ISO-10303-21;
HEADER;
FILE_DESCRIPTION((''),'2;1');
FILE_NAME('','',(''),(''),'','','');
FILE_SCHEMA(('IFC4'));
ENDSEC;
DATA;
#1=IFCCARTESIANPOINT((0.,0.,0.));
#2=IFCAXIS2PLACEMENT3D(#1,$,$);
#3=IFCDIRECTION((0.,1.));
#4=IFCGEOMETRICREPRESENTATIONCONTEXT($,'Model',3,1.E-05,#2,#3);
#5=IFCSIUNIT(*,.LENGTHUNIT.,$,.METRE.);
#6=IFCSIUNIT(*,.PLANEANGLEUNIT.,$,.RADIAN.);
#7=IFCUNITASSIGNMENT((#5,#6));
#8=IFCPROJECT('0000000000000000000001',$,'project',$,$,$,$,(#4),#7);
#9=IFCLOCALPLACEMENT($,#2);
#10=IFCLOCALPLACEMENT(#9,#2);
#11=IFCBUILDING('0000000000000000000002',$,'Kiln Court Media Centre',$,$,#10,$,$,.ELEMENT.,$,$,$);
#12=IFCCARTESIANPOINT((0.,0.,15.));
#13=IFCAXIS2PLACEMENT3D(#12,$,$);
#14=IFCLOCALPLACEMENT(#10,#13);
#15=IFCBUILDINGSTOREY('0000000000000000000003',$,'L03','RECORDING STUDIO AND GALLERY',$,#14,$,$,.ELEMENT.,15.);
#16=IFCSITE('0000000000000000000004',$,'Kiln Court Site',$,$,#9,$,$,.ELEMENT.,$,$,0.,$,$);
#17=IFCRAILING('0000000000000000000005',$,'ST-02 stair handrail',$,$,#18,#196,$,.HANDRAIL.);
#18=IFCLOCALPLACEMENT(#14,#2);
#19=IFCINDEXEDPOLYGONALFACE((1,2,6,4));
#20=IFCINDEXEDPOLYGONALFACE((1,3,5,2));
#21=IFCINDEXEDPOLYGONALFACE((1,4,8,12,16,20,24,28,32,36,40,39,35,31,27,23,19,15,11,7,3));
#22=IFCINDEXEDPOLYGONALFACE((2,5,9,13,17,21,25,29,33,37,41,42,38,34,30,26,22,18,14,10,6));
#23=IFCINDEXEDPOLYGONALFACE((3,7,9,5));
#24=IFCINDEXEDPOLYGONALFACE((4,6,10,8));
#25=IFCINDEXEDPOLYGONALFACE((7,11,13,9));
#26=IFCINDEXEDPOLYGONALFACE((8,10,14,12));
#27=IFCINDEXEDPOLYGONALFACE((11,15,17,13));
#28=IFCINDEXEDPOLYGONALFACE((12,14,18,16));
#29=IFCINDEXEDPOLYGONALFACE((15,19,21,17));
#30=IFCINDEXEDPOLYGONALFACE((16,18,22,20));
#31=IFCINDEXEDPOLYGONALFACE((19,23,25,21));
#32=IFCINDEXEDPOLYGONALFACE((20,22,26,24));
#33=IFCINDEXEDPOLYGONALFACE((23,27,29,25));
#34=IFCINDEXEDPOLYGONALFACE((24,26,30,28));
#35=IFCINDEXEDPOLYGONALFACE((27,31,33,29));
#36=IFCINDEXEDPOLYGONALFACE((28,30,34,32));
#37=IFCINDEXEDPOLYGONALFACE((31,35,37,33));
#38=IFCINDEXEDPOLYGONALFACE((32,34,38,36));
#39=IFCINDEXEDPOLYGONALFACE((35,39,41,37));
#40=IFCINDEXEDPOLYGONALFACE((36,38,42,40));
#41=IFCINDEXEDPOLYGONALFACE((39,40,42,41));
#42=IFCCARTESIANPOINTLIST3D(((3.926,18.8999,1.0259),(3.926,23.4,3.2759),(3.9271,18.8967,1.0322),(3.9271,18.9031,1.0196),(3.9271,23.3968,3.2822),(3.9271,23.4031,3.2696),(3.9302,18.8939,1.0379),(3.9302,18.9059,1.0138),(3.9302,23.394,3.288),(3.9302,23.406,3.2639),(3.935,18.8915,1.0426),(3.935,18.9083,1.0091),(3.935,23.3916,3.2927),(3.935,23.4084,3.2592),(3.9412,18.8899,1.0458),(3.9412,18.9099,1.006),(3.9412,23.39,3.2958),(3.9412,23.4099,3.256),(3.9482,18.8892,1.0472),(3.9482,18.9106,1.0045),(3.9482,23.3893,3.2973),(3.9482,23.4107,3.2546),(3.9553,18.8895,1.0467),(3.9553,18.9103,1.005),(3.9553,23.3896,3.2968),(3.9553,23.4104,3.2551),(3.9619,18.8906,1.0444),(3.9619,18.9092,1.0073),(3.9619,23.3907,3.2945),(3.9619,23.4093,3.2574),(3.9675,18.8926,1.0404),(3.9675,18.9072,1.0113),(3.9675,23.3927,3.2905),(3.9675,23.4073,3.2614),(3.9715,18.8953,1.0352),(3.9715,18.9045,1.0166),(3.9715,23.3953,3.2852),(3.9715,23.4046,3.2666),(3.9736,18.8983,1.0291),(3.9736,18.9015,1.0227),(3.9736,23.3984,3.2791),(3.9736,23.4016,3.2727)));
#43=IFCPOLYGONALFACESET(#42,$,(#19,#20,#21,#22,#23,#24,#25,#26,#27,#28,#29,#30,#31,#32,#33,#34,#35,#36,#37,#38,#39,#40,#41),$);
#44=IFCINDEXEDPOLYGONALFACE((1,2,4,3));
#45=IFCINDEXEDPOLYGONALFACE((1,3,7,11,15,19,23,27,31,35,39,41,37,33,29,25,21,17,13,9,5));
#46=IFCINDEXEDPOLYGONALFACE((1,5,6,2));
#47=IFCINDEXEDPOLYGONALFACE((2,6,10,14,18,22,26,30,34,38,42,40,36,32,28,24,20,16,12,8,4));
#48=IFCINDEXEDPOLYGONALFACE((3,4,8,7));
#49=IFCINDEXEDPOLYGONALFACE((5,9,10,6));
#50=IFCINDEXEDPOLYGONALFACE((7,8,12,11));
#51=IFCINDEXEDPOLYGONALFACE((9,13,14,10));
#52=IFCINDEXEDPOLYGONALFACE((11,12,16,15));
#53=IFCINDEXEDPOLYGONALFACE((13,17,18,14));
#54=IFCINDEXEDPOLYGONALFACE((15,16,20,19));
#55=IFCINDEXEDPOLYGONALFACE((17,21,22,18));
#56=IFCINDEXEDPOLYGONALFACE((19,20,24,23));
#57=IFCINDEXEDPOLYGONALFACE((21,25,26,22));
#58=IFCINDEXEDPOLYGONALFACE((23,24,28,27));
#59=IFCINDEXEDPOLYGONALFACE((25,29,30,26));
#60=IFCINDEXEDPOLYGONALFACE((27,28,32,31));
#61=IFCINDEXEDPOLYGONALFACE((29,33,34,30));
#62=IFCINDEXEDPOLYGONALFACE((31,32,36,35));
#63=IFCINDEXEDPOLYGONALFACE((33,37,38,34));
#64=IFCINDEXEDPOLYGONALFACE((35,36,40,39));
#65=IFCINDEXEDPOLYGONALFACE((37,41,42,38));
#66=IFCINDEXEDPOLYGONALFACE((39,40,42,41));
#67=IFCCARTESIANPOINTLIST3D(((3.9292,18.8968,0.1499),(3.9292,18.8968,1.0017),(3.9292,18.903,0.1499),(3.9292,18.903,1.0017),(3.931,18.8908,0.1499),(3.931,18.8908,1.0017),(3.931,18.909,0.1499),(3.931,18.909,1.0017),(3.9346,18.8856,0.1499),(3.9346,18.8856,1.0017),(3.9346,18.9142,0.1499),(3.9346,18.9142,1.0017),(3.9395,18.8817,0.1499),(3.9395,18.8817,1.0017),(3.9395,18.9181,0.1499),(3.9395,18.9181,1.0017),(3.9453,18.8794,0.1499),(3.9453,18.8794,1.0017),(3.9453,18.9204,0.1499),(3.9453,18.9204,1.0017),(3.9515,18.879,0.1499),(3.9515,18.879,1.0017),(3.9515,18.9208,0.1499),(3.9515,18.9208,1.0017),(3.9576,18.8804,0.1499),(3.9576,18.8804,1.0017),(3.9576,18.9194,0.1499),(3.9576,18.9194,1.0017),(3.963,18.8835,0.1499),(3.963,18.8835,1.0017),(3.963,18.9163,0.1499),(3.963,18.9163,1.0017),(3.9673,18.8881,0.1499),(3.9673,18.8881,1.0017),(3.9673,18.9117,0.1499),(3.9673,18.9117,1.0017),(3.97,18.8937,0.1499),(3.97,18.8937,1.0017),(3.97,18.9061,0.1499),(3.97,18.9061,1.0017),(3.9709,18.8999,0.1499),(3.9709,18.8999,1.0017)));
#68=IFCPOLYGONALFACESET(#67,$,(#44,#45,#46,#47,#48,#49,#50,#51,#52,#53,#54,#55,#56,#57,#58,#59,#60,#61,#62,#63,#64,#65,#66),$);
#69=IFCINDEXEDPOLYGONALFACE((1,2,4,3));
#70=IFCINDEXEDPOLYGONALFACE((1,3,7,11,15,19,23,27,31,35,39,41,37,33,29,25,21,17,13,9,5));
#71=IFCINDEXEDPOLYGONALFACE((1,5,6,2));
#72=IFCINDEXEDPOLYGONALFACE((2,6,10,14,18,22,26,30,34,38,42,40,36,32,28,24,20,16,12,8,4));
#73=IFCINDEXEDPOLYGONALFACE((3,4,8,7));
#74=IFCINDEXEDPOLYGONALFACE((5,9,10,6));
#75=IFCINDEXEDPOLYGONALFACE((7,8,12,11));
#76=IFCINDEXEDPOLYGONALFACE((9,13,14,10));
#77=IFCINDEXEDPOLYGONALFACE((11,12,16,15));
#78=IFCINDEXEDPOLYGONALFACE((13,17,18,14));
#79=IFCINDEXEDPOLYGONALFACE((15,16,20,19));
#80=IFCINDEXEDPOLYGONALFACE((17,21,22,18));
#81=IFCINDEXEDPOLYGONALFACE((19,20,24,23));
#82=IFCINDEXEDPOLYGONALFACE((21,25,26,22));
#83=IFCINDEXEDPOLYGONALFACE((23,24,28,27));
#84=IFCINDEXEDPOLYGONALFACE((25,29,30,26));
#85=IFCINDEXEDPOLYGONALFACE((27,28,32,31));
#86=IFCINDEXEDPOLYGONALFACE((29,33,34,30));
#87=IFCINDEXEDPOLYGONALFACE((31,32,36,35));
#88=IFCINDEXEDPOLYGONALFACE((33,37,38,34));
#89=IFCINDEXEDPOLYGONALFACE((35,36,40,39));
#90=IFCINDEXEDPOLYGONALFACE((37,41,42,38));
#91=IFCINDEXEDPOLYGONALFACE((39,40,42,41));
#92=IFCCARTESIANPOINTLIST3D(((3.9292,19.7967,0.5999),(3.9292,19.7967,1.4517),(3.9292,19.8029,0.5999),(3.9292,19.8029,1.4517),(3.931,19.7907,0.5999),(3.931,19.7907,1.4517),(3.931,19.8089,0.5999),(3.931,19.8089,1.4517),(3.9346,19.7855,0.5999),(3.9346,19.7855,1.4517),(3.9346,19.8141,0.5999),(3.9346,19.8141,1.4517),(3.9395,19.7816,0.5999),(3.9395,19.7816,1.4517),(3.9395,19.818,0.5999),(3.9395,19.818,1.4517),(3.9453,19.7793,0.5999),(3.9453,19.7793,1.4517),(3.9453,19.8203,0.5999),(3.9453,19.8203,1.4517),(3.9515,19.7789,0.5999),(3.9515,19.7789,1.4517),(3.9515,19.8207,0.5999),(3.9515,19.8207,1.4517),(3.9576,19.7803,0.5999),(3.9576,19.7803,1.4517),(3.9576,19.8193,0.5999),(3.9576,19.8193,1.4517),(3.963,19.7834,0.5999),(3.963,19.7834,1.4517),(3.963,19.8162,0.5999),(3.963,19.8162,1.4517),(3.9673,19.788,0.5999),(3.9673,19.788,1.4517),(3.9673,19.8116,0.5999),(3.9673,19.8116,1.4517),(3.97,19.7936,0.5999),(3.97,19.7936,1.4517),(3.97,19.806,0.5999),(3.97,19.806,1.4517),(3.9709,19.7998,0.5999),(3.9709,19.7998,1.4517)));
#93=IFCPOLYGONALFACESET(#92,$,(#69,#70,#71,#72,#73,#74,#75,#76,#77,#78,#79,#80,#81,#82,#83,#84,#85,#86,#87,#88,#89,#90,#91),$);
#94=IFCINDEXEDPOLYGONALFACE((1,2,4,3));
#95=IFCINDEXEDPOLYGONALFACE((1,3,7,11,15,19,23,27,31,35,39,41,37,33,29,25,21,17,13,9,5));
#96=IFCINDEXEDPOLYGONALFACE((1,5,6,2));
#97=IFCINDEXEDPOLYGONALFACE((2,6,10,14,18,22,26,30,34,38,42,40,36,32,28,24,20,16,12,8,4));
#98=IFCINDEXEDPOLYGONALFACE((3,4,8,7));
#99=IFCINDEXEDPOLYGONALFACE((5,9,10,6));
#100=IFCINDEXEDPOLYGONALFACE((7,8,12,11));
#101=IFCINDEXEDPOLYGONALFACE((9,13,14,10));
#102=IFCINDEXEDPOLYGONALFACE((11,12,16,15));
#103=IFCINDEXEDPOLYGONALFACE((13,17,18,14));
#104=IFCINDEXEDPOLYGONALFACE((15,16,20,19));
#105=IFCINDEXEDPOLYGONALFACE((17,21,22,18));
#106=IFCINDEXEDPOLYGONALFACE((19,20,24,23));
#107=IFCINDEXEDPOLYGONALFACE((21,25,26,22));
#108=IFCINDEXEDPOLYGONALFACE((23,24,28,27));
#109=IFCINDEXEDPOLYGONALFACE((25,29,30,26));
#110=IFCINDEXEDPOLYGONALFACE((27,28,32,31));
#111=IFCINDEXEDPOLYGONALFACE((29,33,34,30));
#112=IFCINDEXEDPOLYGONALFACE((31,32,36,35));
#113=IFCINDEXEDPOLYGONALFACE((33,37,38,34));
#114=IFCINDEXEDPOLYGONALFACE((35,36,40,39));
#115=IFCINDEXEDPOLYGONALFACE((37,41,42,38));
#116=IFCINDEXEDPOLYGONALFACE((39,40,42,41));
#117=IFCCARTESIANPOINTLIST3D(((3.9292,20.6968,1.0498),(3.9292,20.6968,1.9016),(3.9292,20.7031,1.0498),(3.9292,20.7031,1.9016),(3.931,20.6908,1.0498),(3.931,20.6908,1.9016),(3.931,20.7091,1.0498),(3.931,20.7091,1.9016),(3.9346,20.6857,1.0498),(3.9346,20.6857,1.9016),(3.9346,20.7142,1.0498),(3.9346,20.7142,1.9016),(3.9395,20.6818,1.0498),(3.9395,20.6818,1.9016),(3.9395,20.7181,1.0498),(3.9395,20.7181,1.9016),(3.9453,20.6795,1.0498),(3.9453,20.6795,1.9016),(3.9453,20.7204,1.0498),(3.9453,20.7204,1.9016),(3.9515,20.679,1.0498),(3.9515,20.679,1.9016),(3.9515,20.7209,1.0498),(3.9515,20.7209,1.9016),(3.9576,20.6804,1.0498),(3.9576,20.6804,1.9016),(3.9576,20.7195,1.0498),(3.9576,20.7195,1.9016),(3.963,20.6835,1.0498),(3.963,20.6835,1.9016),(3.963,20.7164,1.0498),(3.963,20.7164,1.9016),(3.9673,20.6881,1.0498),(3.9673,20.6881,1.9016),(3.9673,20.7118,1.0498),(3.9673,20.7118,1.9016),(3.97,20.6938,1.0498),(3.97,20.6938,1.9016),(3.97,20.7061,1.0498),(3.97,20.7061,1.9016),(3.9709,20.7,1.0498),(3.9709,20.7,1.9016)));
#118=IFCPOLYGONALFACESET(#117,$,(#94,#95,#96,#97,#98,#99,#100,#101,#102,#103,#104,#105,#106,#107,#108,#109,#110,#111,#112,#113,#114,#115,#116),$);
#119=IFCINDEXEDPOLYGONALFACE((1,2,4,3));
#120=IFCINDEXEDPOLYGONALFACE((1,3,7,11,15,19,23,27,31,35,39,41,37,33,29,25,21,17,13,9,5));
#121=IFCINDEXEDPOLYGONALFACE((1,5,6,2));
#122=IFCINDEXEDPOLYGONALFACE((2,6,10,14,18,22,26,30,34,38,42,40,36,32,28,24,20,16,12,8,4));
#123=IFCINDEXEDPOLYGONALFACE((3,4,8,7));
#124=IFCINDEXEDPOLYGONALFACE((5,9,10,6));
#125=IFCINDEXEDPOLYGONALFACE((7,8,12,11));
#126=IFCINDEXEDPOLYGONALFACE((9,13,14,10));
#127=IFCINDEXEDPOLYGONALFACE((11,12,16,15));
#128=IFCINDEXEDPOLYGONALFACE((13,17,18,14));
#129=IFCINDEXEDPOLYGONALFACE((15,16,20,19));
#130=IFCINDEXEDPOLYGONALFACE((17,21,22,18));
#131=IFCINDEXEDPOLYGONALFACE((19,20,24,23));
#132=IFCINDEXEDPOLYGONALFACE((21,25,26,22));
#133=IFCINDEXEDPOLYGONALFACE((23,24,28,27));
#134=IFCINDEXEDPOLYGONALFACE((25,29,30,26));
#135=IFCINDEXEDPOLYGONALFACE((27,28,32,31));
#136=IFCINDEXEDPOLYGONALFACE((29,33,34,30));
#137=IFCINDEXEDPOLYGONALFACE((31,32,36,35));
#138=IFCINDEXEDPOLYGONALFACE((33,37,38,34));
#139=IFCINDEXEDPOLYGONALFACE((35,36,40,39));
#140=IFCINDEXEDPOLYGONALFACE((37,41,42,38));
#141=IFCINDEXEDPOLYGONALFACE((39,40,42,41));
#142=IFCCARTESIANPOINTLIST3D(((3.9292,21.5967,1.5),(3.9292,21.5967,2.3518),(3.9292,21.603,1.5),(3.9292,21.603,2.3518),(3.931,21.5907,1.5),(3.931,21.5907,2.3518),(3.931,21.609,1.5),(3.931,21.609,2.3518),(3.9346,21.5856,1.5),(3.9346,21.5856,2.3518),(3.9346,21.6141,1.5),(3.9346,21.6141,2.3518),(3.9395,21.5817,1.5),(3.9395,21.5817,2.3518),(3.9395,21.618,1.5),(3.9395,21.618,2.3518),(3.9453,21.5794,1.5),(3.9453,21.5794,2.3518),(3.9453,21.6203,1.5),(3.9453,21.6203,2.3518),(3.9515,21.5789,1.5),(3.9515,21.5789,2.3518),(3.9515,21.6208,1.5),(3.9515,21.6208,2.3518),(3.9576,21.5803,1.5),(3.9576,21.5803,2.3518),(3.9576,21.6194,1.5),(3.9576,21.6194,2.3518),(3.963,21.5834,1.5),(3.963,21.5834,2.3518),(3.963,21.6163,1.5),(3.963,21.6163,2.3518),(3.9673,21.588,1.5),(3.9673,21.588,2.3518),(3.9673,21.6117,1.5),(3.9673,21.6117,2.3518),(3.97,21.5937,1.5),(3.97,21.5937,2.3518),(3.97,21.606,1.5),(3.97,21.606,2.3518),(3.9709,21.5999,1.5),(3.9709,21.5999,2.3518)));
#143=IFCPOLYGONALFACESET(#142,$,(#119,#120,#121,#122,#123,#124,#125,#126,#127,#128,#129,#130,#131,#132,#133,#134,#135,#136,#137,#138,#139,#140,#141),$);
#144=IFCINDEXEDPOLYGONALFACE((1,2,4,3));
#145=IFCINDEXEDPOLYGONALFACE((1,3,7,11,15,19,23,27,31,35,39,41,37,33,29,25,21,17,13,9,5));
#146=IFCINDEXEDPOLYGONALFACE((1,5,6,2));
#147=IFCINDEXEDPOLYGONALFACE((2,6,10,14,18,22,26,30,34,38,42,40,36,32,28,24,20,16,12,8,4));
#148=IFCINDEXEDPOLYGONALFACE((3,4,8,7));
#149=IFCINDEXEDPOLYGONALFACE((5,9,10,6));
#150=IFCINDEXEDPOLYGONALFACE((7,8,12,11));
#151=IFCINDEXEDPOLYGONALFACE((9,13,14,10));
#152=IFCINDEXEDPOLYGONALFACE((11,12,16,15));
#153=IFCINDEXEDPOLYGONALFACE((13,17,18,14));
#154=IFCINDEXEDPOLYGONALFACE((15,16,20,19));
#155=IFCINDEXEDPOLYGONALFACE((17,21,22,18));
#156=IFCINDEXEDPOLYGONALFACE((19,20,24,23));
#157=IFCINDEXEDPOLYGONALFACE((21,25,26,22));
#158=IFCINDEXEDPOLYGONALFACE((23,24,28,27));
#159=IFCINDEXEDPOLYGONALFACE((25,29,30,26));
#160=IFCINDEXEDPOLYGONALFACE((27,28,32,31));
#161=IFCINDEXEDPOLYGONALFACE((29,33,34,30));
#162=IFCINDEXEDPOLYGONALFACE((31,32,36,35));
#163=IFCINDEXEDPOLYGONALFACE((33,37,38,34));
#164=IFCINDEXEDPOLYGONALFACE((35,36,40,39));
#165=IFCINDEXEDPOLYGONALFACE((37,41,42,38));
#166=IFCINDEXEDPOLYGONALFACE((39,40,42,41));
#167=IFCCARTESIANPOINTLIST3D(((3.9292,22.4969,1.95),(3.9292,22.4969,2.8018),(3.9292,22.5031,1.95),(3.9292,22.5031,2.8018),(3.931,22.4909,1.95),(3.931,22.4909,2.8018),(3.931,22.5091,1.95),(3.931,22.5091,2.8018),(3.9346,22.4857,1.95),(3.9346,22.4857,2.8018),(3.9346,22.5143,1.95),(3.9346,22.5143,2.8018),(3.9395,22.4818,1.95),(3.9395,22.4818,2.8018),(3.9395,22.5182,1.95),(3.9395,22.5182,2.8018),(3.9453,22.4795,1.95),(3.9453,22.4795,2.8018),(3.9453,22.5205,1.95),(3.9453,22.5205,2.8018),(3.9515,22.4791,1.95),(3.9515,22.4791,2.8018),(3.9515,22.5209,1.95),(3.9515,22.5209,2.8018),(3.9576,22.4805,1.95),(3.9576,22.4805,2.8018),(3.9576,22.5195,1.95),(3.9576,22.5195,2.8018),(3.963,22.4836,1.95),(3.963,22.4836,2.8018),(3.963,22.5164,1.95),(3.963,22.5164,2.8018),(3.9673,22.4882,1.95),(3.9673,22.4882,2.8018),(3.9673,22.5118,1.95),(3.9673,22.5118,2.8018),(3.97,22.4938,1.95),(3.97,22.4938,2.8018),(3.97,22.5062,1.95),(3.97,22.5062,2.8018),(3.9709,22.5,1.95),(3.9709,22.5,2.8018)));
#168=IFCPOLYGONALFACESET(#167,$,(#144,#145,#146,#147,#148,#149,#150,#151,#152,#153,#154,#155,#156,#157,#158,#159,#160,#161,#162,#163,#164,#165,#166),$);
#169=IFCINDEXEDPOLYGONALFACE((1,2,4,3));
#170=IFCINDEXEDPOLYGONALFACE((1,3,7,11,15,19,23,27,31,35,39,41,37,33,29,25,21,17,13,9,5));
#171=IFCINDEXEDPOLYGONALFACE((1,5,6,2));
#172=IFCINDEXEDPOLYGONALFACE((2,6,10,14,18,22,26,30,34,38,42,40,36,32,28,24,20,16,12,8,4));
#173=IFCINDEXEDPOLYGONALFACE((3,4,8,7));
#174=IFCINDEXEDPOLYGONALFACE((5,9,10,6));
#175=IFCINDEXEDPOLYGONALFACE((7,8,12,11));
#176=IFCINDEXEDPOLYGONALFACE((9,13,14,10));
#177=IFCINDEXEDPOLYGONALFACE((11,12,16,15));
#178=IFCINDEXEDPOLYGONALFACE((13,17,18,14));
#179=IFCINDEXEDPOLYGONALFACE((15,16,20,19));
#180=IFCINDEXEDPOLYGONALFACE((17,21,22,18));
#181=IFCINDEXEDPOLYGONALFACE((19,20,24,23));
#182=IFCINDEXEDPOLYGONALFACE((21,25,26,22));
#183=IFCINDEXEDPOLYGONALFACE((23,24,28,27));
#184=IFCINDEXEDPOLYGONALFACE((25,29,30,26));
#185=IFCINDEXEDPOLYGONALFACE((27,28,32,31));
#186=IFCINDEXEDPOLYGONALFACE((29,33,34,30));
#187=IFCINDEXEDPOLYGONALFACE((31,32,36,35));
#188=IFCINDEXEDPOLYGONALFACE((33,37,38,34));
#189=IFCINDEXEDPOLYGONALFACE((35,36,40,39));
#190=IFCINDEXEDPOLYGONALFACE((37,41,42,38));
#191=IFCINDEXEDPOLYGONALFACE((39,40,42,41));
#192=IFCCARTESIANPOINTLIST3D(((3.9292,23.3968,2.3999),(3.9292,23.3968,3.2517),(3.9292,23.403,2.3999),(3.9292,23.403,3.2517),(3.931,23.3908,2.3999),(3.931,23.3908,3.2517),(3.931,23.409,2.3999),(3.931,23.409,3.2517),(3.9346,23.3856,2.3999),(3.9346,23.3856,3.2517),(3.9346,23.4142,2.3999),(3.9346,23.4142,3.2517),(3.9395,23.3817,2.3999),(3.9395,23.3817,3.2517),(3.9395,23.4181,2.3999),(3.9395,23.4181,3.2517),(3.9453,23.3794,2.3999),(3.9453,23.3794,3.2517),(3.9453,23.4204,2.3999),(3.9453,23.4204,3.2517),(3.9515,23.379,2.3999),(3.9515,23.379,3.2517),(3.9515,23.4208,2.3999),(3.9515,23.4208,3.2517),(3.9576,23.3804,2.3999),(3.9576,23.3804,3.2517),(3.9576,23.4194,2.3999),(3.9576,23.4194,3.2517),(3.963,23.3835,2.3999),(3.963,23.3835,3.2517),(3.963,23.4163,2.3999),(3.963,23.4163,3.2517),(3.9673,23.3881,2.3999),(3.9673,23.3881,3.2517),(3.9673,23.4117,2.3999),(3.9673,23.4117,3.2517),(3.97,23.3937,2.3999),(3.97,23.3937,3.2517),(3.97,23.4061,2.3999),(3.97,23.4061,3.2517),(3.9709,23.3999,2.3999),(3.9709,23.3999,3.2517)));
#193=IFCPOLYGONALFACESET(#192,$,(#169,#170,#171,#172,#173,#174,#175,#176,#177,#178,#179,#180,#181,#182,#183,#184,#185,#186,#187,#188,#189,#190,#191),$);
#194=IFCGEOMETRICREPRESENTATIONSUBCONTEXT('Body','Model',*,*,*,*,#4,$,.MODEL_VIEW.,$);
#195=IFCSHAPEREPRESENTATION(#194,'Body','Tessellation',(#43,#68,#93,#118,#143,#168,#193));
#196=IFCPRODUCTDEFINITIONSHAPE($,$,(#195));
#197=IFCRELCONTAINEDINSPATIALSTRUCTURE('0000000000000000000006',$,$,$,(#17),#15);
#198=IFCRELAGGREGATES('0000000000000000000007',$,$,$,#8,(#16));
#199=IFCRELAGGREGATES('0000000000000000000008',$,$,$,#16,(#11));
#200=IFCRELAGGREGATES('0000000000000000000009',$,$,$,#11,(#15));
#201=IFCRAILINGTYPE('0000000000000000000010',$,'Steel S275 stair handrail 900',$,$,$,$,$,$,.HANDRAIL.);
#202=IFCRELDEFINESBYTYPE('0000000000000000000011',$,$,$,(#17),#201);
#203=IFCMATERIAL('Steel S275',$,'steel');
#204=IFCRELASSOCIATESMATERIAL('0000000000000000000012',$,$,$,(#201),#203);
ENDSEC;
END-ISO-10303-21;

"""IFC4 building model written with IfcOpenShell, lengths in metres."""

from ifc_helpers import new_model, si_unit, direction, frame, origin, origin_2d, place, context, subcontext, project, spatial, circle, extrude, material, type_object, element, save


model = new_model("IFC4")

# Units and contexts
model_context = context("Model", 3, precision=1e-05, world=origin(), true_north=direction((0.0, 1.0)))
body_context = subcontext(model_context, "Body", "Model", "MODEL_VIEW")
ifc_project = project(units=[si_unit("LENGTHUNIT", "METRE"), si_unit("PLANEANGLEUNIT", "RADIAN")], contexts=[model_context])

# Site, building, storey
site_placement = place(None, origin())
site = spatial("IfcSite", under=ifc_project, at=site_placement, Name="Kiln Court Site", CompositionType="ELEMENT", RefElevation=0.0)
building_placement = place(site_placement, origin())
building = spatial("IfcBuilding", under=site, at=building_placement, Name="Kiln Court Media Centre", CompositionType="ELEMENT")
storey_placement = place(building_placement, frame((0.0, 0.0, 15.0)))
storey = spatial("IfcBuildingStorey", under=building, at=storey_placement, Name="L03", Description="RECORDING STUDIO AND GALLERY", CompositionType="ELEMENT", Elevation=15.0)

# Railing
ifc_material_1 = material(Name="Steel S275", Category="steel")
railing_type_1 = type_object("IfcRailingType", Name="Steel S275 stair handrail 900", PredefinedType="HANDRAIL", material=ifc_material_1)
railing_1_placement = place(storey_placement, frame((3.95, 18.8999, 0.1499)))
element("IfcRailing", 1, at=railing_1_placement, inside=storey, type_object=railing_type_1, Name="ST-02 stair handrail", PredefinedType="HANDRAIL", context=body_context, shape_type="SweptSolid", body=[
    extrude(circle(Radius=0.0239, at=origin_2d()), frame((0.0, 0.0, 0.876), z_axis=(0.0, 0.894427, 0.447214), x_axis=(-1.0, 0.0, 0.0)), (0.0, 0.0, 1.0), 5.0312),
    extrude(circle(Radius=0.021, at=origin_2d()), origin(), (0.0, 0.0, 1.0), 0.8518),
    extrude(circle(Radius=0.021, at=origin_2d()), frame((0.0, 0.8999, 0.45)), (0.0, 0.0, 1.0), 0.8518),
    extrude(circle(Radius=0.021, at=origin_2d()), frame((0.0, 1.8, 0.8999)), (0.0, 0.0, 1.0), 0.8518),
    extrude(circle(Radius=0.021, at=origin_2d()), frame((0.0, 2.7, 1.3501)), (0.0, 0.0, 1.0), 0.8518),
    extrude(circle(Radius=0.021, at=origin_2d()), frame((0.0, 3.6001, 1.8)), (0.0, 0.0, 1.0), 0.8518),
    extrude(circle(Radius=0.021, at=origin_2d()), frame((0.0, 4.5, 2.25)), (0.0, 0.0, 1.0), 0.8518),
])

save(model, "model.ifc")
